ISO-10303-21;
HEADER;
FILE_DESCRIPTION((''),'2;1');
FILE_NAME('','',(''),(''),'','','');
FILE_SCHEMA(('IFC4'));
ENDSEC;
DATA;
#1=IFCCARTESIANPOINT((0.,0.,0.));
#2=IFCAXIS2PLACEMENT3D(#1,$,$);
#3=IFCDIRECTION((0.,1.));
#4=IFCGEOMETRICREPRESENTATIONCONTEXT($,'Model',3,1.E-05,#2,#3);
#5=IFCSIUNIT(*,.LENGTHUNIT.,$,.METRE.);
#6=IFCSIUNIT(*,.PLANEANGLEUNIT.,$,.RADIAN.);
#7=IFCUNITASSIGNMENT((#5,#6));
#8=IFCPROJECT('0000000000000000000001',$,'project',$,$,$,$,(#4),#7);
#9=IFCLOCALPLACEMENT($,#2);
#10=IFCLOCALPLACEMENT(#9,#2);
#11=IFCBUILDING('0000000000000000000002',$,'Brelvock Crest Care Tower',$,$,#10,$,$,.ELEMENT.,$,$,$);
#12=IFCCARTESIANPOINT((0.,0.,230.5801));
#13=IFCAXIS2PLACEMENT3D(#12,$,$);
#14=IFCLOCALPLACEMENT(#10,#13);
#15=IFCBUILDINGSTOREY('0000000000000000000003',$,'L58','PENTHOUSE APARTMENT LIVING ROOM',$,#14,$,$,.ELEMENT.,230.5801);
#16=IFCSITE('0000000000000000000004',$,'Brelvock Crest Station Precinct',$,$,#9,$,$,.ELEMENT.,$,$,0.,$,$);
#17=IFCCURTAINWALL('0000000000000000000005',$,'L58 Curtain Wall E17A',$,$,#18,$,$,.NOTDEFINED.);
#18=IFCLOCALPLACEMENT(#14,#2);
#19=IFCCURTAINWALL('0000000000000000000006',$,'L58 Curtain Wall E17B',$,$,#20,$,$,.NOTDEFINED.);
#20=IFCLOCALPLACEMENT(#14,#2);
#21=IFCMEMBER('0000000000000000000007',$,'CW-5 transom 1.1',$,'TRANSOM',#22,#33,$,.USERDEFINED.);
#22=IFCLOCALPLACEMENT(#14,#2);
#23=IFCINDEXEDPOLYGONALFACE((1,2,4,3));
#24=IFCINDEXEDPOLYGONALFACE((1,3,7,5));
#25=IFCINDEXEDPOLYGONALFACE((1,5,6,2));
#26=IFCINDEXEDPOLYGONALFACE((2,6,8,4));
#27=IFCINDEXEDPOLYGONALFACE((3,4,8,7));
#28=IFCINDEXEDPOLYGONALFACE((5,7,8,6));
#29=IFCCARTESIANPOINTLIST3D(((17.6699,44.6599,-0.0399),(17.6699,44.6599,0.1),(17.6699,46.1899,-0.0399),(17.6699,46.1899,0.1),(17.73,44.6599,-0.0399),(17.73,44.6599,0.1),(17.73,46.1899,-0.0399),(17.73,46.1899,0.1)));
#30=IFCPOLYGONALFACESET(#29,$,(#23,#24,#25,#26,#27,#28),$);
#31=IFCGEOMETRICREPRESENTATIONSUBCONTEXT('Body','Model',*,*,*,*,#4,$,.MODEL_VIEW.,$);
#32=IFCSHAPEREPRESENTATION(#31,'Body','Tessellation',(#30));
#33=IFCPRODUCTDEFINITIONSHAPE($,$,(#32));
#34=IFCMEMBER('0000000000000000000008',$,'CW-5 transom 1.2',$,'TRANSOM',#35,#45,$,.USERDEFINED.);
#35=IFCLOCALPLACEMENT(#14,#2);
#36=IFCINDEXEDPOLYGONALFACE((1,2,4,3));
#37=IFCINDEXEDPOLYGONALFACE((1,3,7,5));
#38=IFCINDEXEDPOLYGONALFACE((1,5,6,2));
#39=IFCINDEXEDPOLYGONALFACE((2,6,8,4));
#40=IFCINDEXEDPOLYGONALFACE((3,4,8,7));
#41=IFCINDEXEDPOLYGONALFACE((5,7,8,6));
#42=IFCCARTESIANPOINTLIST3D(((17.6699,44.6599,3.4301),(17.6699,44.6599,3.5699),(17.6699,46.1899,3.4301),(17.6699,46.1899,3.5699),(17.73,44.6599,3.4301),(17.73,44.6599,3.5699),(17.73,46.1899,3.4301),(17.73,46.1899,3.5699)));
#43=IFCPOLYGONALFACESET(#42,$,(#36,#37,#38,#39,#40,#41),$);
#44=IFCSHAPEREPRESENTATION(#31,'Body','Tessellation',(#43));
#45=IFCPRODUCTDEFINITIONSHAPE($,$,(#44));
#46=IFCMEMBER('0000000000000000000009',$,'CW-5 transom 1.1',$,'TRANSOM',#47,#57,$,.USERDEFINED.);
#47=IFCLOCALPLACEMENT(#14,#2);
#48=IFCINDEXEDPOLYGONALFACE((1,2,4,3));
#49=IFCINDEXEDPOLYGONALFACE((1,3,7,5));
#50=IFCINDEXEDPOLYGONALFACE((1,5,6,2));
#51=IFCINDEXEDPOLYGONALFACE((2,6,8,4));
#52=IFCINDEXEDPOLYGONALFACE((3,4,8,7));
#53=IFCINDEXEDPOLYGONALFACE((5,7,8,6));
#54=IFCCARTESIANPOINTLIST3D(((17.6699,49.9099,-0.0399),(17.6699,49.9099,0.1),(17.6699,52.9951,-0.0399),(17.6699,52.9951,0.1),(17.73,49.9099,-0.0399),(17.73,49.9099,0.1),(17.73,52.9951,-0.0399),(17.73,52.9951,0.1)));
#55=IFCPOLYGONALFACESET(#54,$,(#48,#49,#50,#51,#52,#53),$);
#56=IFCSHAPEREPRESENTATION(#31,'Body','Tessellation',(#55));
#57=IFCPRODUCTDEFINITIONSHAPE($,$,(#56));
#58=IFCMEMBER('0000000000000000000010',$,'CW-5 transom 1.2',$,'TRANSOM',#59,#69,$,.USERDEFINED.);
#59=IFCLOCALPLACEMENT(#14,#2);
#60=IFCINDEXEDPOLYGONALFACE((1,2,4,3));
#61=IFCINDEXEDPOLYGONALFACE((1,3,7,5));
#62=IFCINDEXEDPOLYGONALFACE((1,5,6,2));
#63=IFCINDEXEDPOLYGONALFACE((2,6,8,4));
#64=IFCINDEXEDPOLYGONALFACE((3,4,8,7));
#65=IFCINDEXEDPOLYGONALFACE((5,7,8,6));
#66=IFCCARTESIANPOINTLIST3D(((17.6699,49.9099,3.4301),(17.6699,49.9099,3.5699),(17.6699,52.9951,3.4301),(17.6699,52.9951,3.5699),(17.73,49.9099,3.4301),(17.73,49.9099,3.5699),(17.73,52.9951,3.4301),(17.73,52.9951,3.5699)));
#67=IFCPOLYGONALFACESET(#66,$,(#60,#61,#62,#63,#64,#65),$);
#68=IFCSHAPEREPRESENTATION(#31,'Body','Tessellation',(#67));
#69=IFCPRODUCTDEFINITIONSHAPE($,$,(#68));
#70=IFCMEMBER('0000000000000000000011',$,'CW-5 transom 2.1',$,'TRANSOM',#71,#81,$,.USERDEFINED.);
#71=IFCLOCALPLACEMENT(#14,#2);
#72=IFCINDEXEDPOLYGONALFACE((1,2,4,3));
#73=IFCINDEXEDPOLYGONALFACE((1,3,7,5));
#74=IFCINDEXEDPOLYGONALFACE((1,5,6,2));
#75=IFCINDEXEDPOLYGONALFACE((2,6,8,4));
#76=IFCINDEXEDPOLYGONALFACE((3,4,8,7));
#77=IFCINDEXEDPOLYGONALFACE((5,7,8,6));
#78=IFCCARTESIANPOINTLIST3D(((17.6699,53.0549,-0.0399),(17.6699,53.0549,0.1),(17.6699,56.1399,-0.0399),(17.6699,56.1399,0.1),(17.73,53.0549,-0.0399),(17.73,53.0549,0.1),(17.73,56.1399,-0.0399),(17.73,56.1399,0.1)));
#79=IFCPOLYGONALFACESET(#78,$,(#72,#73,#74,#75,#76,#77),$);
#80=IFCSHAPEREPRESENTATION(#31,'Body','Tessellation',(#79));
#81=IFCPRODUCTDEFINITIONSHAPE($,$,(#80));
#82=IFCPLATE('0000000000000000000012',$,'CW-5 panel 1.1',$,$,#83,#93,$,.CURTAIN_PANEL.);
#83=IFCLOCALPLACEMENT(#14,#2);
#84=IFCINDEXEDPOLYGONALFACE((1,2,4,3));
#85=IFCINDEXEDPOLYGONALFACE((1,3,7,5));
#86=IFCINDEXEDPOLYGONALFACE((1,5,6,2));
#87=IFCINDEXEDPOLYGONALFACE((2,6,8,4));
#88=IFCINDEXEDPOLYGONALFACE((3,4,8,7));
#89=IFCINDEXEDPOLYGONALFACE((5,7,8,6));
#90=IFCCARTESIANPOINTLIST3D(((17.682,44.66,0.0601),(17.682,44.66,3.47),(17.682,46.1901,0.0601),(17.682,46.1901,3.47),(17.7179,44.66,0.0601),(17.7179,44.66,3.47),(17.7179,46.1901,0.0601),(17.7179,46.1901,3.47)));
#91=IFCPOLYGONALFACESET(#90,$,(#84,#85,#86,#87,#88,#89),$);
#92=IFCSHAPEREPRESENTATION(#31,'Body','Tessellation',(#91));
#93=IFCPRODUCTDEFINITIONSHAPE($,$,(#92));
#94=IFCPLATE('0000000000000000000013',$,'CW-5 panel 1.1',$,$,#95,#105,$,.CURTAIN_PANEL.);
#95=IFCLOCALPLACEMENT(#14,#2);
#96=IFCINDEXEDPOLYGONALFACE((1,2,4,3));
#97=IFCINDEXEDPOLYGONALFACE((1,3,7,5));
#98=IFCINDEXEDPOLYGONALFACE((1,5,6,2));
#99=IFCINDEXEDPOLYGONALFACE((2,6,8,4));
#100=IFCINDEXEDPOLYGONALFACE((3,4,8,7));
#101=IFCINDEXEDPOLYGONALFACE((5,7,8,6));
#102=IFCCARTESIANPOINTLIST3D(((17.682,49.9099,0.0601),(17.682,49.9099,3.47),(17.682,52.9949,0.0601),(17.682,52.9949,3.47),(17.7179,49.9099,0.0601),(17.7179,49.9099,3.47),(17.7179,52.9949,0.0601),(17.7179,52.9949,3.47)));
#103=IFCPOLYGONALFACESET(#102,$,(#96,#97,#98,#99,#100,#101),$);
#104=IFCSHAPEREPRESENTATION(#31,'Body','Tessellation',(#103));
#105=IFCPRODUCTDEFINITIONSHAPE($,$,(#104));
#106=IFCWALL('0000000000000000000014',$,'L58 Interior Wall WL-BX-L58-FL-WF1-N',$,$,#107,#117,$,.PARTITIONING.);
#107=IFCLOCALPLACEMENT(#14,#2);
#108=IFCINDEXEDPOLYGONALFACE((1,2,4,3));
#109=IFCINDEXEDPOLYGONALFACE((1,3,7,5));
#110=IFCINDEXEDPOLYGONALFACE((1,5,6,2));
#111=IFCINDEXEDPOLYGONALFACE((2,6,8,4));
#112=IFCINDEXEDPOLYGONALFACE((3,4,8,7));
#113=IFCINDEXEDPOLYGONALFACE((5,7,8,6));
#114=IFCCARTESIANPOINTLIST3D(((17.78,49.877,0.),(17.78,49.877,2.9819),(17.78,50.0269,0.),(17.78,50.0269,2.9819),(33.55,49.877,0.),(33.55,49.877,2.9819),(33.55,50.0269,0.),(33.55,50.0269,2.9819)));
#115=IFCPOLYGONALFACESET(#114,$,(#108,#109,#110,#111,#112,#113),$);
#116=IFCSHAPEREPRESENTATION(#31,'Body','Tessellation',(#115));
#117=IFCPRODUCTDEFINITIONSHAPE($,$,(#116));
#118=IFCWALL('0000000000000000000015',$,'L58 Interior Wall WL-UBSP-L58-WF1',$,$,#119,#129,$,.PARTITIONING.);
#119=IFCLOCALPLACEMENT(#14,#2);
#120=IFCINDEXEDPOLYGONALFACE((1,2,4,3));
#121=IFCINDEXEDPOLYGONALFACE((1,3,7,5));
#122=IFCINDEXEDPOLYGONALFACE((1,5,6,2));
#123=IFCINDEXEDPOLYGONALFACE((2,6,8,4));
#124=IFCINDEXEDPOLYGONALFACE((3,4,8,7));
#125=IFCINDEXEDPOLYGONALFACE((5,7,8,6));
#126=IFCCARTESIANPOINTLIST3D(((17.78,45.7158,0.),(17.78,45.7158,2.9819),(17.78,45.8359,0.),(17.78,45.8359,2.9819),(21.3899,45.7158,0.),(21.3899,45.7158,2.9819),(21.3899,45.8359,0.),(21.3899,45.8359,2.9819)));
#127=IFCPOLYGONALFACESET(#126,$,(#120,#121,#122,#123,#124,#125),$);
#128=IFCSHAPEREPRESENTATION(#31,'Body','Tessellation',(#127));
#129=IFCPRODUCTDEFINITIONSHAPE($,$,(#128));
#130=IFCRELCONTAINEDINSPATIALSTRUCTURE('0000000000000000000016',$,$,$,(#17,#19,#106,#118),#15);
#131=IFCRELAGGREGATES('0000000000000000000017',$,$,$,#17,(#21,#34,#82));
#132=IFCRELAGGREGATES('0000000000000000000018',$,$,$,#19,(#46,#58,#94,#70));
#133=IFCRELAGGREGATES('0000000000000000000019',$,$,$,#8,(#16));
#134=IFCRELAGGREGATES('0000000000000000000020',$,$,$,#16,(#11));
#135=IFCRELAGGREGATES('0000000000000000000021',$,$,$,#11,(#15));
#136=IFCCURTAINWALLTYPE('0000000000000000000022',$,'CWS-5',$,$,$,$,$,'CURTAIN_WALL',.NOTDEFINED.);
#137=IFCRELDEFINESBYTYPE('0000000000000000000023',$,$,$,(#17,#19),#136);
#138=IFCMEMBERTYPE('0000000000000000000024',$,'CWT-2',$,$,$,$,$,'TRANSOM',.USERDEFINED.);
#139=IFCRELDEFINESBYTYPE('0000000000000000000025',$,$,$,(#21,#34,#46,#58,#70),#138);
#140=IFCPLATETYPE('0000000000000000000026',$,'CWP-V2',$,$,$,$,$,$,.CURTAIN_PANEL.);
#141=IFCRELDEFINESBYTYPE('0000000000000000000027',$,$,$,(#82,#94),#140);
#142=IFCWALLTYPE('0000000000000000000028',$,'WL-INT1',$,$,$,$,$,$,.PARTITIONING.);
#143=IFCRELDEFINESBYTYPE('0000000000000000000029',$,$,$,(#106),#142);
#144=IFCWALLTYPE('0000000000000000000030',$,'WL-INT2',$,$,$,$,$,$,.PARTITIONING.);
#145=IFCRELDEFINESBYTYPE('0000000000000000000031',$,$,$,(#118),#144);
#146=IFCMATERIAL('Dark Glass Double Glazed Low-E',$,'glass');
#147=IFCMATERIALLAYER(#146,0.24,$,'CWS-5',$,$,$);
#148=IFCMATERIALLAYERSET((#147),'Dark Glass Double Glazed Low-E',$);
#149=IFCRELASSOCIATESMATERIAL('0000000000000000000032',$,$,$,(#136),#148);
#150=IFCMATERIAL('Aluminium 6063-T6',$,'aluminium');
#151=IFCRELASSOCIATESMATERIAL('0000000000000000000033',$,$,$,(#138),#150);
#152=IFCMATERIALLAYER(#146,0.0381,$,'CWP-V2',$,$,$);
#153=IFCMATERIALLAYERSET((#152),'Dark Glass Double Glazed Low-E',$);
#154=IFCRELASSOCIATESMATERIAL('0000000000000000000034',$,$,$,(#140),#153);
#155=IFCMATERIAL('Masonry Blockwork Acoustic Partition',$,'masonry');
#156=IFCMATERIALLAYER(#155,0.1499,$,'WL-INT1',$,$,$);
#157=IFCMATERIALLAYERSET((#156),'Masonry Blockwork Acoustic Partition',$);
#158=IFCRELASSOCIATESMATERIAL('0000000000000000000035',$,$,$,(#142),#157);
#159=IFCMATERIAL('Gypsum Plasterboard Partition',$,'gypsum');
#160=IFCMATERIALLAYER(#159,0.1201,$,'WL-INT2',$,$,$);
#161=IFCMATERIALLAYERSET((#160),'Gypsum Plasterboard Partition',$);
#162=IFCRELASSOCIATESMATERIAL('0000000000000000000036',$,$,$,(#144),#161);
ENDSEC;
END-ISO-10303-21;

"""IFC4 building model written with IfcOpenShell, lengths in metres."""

from ifc_helpers import new_model, si_unit, direction, frame, frame_2d, origin, origin_2d, place, context, subcontext, project, spatial, rectangle, extrude, source, transform, mapped, material, layer, layer_set, material_profile, profile_set, type_object, element, aggregate, save


model = new_model("IFC4")

# Units and contexts
model_context = context("Model", 3, precision=1e-05, world=origin(), true_north=direction((0.0, 1.0)))
body_context = subcontext(model_context, "Body", "Model", "MODEL_VIEW")
ifc_project = project(units=[si_unit("LENGTHUNIT", "METRE"), si_unit("PLANEANGLEUNIT", "RADIAN")], contexts=[model_context])

# Site, building, storey
site_placement = place(None, origin())
site = spatial("IfcSite", under=ifc_project, at=site_placement, Name="Brelvock Crest Station Precinct", CompositionType="ELEMENT", RefElevation=0.0)
building_placement = place(site_placement, origin())
building = spatial("IfcBuilding", under=site, at=building_placement, Name="Brelvock Crest Care Tower", CompositionType="ELEMENT")
storey_placement = place(building_placement, frame((0.0, 0.0, 230.5801)))
storey = spatial("IfcBuildingStorey", under=building, at=storey_placement, Name="L58", Description="PENTHOUSE APARTMENT LIVING ROOM", CompositionType="ELEMENT", Elevation=230.5801)

# Curtain walls
ifc_material_1 = material(Name="Dark Glass Double Glazed Low-E", Category="glass")
ifc_layer_1 = layer(ifc_material_1, 0.24, Name="CWS-5")
ifc_layer_set_1 = layer_set([ifc_layer_1], Name="Dark Glass Double Glazed Low-E")
curtain_wall_type = type_object("IfcCurtainWallType", Name="CWS-5", ElementType="CURTAIN_WALL", PredefinedType="NOTDEFINED", material=ifc_layer_set_1)
curtain_wall_1_placement = place(storey_placement, origin())
curtain_wall_1 = element("IfcCurtainWall", 1, at=curtain_wall_1_placement, inside=storey, type_object=curtain_wall_type, Name="L58 Curtain Wall E17A", PredefinedType="NOTDEFINED")
ifc_material_2 = material(Name="Aluminium 6063-T6", Category="aluminium")
curtain_wall_2_placement = place(storey_placement, origin())
curtain_wall_2 = element("IfcCurtainWall", 2, at=curtain_wall_2_placement, inside=storey, type_object=curtain_wall_type, Name="L58 Curtain Wall E17B", PredefinedType="NOTDEFINED")

# Members
ifc_material_profile_1 = material_profile(ifc_material_2, rectangle(XDim=0.0601, YDim=0.1399, at=origin_2d()), Name="ALU60x140")
ifc_profile_set_1 = profile_set([ifc_material_profile_1], Name="Aluminium 6063-T6")
member_type_1 = type_object("IfcMemberType", Name="CWT-2", ElementType="TRANSOM", PredefinedType="USERDEFINED", material=ifc_profile_set_1)
shared_shape_1 = source(origin(), body_context, "Body", "SweptSolid", [
    extrude(rectangle(XDim=0.0601, YDim=0.1399, at=origin_2d()), origin(), (0.0, 0.0, 1.0), 1.53),
])
member_1_placement = place(storey_placement, frame((17.7, 44.6599, 0.03), z_axis=(0.0, 1.0, 0.0), x_axis=(-1.0, 0.0, 0.0)))
member_1 = element("IfcMember", 3, at=member_1_placement, type_object=member_type_1, Name="CW-5 transom 1.1", ObjectType="TRANSOM", PredefinedType="USERDEFINED", context=body_context, shape_type="MappedRepresentation", body=[
    mapped(shared_shape_1, transform((0.0, 0.0, 0.0), x_axis=(1.0, 0.0, 0.0), y_axis=(0.0, 1.0, 0.0), z_axis=(0.0, 0.0, 1.0), scale=1.0)),
])
member_2_placement = place(storey_placement, frame((17.7, 44.6599, 3.5), z_axis=(0.0, 1.0, 0.0), x_axis=(-1.0, 0.0, 0.0)))
member_2 = element("IfcMember", 4, at=member_2_placement, type_object=member_type_1, Name="CW-5 transom 1.2", ObjectType="TRANSOM", PredefinedType="USERDEFINED", context=body_context, shape_type="MappedRepresentation", body=[
    mapped(shared_shape_1, transform((0.0, 0.0, 0.0), x_axis=(1.0, 0.0, 0.0), y_axis=(0.0, 1.0, 0.0), z_axis=(0.0, 0.0, 1.0), scale=1.0)),
])
shared_shape_2 = source(origin(), body_context, "Body", "SweptSolid", [
    extrude(rectangle(XDim=0.0601, YDim=0.1399, at=origin_2d()), origin(), (0.0, 0.0, 1.0), 3.0852),
])
member_3_placement = place(storey_placement, frame((17.7, 49.9099, 0.03), z_axis=(0.0, 1.0, 0.0), x_axis=(-1.0, 0.0, 0.0)))
member_3 = element("IfcMember", 5, at=member_3_placement, type_object=member_type_1, Name="CW-5 transom 1.1", ObjectType="TRANSOM", PredefinedType="USERDEFINED", context=body_context, shape_type="MappedRepresentation", body=[
    mapped(shared_shape_2, transform((0.0, 0.0, 0.0), x_axis=(1.0, 0.0, 0.0), y_axis=(0.0, 1.0, 0.0), z_axis=(0.0, 0.0, 1.0), scale=1.0)),
])
member_4_placement = place(storey_placement, frame((17.7, 49.9099, 3.5), z_axis=(0.0, 1.0, 0.0), x_axis=(-1.0, 0.0, 0.0)))
member_4 = element("IfcMember", 6, at=member_4_placement, type_object=member_type_1, Name="CW-5 transom 1.2", ObjectType="TRANSOM", PredefinedType="USERDEFINED", context=body_context, shape_type="MappedRepresentation", body=[
    mapped(shared_shape_2, transform((0.0, 0.0, 0.0), x_axis=(1.0, 0.0, 0.0), y_axis=(0.0, 1.0, 0.0), z_axis=(0.0, 0.0, 1.0), scale=1.0)),
])
shared_shape_3 = source(origin(), body_context, "Body", "SweptSolid", [
    extrude(rectangle(XDim=0.0601, YDim=0.1399, at=origin_2d()), origin(), (0.0, 0.0, 1.0), 3.085),
])
member_5_placement = place(storey_placement, frame((17.7, 53.0549, 0.03), z_axis=(0.0, 1.0, 0.0), x_axis=(-1.0, 0.0, 0.0)))
member_5 = element("IfcMember", 7, at=member_5_placement, type_object=member_type_1, Name="CW-5 transom 2.1", ObjectType="TRANSOM", PredefinedType="USERDEFINED", context=body_context, shape_type="MappedRepresentation", body=[
    mapped(shared_shape_3, transform((0.0, 0.0, 0.0), x_axis=(1.0, 0.0, 0.0), y_axis=(0.0, 1.0, 0.0), z_axis=(0.0, 0.0, 1.0), scale=1.0)),
])

# Plates
ifc_layer_2 = layer(ifc_material_1, 0.0381, Name="CWP-V2")
ifc_layer_set_2 = layer_set([ifc_layer_2], Name="Dark Glass Double Glazed Low-E")
plate_type = type_object("IfcPlateType", Name="CWP-V2", PredefinedType="CURTAIN_PANEL", material=ifc_layer_set_2)
shared_shape_4 = source(origin(), body_context, "Body", "SweptSolid", [
    extrude(rectangle(XDim=1.53, YDim=0.0359, at=origin_2d()), origin(), (0.0, 0.0, 1.0), 3.4099),
])
plate_1_placement = place(storey_placement, frame((17.7, 45.425, 0.0601), z_axis=(0.0, 0.0, 1.0), x_axis=(0.0, 1.0, 0.0)))
plate_1 = element("IfcPlate", 8, at=plate_1_placement, type_object=plate_type, Name="CW-5 panel 1.1", PredefinedType="CURTAIN_PANEL", context=body_context, shape_type="MappedRepresentation", body=[
    mapped(shared_shape_4, transform((0.0, 0.0, 0.0), x_axis=(1.0, 0.0, 0.0), y_axis=(0.0, 1.0, 0.0), z_axis=(0.0, 0.0, 1.0), scale=1.0)),
])
aggregate(curtain_wall_1, [member_1, member_2, plate_1])
shared_shape_5 = source(origin(), body_context, "Body", "SweptSolid", [
    extrude(rectangle(XDim=3.085, YDim=0.0359, at=origin_2d()), origin(), (0.0, 0.0, 1.0), 3.4099),
])
plate_2_placement = place(storey_placement, frame((17.7, 51.4524, 0.0601), z_axis=(0.0, 0.0, 1.0), x_axis=(0.0, 1.0, 0.0)))
plate_2 = element("IfcPlate", 9, at=plate_2_placement, type_object=plate_type, Name="CW-5 panel 1.1", PredefinedType="CURTAIN_PANEL", context=body_context, shape_type="MappedRepresentation", body=[
    mapped(shared_shape_5, transform((0.0, 0.0, 0.0), x_axis=(1.0, 0.0, 0.0), y_axis=(0.0, 1.0, 0.0), z_axis=(0.0, 0.0, 1.0), scale=1.0)),
])
aggregate(curtain_wall_2, [member_3, member_4, plate_2, member_5])

# Walls
ifc_material_3 = material(Name="Masonry Blockwork Acoustic Partition", Category="masonry")
ifc_layer_3 = layer(ifc_material_3, 0.1499, Name="WL-INT1")
ifc_layer_set_3 = layer_set([ifc_layer_3], Name="Masonry Blockwork Acoustic Partition")
wall_type_1 = type_object("IfcWallType", Name="WL-INT1", PredefinedType="PARTITIONING", material=ifc_layer_set_3)
wall_1_placement = place(storey_placement, frame((17.78, 49.9519, 0.0), z_axis=(0.0, 0.0, 1.0), x_axis=(1.0, 0.0, 0.0)))
element("IfcWall", 10, at=wall_1_placement, inside=storey, type_object=wall_type_1, Name="L58 Interior Wall WL-BX-L58-FL-WF1-N", PredefinedType="PARTITIONING", context=body_context, shape_type="SweptSolid", body=[
    extrude(rectangle(XDim=15.77, YDim=0.1499, at=frame_2d((7.885, 0.0))), origin(), (0.0, 0.0, 1.0), 2.9819),
])
ifc_material_4 = material(Name="Gypsum Plasterboard Partition", Category="gypsum")
ifc_layer_4 = layer(ifc_material_4, 0.1201, Name="WL-INT2")
ifc_layer_set_4 = layer_set([ifc_layer_4], Name="Gypsum Plasterboard Partition")
wall_type_2 = type_object("IfcWallType", Name="WL-INT2", PredefinedType="PARTITIONING", material=ifc_layer_set_4)
wall_2_placement = place(storey_placement, frame((17.78, 45.7759, 0.0), z_axis=(0.0, 0.0, 1.0), x_axis=(1.0, 0.0, 0.0)))
element("IfcWall", 11, at=wall_2_placement, inside=storey, type_object=wall_type_2, Name="L58 Interior Wall WL-UBSP-L58-WF1", PredefinedType="PARTITIONING", context=body_context, shape_type="SweptSolid", body=[
    extrude(rectangle(XDim=3.6099, YDim=0.1201, at=frame_2d((1.8049, 0.0))), origin(), (0.0, 0.0, 1.0), 2.9819),
])

save(model, "model.ifc")
